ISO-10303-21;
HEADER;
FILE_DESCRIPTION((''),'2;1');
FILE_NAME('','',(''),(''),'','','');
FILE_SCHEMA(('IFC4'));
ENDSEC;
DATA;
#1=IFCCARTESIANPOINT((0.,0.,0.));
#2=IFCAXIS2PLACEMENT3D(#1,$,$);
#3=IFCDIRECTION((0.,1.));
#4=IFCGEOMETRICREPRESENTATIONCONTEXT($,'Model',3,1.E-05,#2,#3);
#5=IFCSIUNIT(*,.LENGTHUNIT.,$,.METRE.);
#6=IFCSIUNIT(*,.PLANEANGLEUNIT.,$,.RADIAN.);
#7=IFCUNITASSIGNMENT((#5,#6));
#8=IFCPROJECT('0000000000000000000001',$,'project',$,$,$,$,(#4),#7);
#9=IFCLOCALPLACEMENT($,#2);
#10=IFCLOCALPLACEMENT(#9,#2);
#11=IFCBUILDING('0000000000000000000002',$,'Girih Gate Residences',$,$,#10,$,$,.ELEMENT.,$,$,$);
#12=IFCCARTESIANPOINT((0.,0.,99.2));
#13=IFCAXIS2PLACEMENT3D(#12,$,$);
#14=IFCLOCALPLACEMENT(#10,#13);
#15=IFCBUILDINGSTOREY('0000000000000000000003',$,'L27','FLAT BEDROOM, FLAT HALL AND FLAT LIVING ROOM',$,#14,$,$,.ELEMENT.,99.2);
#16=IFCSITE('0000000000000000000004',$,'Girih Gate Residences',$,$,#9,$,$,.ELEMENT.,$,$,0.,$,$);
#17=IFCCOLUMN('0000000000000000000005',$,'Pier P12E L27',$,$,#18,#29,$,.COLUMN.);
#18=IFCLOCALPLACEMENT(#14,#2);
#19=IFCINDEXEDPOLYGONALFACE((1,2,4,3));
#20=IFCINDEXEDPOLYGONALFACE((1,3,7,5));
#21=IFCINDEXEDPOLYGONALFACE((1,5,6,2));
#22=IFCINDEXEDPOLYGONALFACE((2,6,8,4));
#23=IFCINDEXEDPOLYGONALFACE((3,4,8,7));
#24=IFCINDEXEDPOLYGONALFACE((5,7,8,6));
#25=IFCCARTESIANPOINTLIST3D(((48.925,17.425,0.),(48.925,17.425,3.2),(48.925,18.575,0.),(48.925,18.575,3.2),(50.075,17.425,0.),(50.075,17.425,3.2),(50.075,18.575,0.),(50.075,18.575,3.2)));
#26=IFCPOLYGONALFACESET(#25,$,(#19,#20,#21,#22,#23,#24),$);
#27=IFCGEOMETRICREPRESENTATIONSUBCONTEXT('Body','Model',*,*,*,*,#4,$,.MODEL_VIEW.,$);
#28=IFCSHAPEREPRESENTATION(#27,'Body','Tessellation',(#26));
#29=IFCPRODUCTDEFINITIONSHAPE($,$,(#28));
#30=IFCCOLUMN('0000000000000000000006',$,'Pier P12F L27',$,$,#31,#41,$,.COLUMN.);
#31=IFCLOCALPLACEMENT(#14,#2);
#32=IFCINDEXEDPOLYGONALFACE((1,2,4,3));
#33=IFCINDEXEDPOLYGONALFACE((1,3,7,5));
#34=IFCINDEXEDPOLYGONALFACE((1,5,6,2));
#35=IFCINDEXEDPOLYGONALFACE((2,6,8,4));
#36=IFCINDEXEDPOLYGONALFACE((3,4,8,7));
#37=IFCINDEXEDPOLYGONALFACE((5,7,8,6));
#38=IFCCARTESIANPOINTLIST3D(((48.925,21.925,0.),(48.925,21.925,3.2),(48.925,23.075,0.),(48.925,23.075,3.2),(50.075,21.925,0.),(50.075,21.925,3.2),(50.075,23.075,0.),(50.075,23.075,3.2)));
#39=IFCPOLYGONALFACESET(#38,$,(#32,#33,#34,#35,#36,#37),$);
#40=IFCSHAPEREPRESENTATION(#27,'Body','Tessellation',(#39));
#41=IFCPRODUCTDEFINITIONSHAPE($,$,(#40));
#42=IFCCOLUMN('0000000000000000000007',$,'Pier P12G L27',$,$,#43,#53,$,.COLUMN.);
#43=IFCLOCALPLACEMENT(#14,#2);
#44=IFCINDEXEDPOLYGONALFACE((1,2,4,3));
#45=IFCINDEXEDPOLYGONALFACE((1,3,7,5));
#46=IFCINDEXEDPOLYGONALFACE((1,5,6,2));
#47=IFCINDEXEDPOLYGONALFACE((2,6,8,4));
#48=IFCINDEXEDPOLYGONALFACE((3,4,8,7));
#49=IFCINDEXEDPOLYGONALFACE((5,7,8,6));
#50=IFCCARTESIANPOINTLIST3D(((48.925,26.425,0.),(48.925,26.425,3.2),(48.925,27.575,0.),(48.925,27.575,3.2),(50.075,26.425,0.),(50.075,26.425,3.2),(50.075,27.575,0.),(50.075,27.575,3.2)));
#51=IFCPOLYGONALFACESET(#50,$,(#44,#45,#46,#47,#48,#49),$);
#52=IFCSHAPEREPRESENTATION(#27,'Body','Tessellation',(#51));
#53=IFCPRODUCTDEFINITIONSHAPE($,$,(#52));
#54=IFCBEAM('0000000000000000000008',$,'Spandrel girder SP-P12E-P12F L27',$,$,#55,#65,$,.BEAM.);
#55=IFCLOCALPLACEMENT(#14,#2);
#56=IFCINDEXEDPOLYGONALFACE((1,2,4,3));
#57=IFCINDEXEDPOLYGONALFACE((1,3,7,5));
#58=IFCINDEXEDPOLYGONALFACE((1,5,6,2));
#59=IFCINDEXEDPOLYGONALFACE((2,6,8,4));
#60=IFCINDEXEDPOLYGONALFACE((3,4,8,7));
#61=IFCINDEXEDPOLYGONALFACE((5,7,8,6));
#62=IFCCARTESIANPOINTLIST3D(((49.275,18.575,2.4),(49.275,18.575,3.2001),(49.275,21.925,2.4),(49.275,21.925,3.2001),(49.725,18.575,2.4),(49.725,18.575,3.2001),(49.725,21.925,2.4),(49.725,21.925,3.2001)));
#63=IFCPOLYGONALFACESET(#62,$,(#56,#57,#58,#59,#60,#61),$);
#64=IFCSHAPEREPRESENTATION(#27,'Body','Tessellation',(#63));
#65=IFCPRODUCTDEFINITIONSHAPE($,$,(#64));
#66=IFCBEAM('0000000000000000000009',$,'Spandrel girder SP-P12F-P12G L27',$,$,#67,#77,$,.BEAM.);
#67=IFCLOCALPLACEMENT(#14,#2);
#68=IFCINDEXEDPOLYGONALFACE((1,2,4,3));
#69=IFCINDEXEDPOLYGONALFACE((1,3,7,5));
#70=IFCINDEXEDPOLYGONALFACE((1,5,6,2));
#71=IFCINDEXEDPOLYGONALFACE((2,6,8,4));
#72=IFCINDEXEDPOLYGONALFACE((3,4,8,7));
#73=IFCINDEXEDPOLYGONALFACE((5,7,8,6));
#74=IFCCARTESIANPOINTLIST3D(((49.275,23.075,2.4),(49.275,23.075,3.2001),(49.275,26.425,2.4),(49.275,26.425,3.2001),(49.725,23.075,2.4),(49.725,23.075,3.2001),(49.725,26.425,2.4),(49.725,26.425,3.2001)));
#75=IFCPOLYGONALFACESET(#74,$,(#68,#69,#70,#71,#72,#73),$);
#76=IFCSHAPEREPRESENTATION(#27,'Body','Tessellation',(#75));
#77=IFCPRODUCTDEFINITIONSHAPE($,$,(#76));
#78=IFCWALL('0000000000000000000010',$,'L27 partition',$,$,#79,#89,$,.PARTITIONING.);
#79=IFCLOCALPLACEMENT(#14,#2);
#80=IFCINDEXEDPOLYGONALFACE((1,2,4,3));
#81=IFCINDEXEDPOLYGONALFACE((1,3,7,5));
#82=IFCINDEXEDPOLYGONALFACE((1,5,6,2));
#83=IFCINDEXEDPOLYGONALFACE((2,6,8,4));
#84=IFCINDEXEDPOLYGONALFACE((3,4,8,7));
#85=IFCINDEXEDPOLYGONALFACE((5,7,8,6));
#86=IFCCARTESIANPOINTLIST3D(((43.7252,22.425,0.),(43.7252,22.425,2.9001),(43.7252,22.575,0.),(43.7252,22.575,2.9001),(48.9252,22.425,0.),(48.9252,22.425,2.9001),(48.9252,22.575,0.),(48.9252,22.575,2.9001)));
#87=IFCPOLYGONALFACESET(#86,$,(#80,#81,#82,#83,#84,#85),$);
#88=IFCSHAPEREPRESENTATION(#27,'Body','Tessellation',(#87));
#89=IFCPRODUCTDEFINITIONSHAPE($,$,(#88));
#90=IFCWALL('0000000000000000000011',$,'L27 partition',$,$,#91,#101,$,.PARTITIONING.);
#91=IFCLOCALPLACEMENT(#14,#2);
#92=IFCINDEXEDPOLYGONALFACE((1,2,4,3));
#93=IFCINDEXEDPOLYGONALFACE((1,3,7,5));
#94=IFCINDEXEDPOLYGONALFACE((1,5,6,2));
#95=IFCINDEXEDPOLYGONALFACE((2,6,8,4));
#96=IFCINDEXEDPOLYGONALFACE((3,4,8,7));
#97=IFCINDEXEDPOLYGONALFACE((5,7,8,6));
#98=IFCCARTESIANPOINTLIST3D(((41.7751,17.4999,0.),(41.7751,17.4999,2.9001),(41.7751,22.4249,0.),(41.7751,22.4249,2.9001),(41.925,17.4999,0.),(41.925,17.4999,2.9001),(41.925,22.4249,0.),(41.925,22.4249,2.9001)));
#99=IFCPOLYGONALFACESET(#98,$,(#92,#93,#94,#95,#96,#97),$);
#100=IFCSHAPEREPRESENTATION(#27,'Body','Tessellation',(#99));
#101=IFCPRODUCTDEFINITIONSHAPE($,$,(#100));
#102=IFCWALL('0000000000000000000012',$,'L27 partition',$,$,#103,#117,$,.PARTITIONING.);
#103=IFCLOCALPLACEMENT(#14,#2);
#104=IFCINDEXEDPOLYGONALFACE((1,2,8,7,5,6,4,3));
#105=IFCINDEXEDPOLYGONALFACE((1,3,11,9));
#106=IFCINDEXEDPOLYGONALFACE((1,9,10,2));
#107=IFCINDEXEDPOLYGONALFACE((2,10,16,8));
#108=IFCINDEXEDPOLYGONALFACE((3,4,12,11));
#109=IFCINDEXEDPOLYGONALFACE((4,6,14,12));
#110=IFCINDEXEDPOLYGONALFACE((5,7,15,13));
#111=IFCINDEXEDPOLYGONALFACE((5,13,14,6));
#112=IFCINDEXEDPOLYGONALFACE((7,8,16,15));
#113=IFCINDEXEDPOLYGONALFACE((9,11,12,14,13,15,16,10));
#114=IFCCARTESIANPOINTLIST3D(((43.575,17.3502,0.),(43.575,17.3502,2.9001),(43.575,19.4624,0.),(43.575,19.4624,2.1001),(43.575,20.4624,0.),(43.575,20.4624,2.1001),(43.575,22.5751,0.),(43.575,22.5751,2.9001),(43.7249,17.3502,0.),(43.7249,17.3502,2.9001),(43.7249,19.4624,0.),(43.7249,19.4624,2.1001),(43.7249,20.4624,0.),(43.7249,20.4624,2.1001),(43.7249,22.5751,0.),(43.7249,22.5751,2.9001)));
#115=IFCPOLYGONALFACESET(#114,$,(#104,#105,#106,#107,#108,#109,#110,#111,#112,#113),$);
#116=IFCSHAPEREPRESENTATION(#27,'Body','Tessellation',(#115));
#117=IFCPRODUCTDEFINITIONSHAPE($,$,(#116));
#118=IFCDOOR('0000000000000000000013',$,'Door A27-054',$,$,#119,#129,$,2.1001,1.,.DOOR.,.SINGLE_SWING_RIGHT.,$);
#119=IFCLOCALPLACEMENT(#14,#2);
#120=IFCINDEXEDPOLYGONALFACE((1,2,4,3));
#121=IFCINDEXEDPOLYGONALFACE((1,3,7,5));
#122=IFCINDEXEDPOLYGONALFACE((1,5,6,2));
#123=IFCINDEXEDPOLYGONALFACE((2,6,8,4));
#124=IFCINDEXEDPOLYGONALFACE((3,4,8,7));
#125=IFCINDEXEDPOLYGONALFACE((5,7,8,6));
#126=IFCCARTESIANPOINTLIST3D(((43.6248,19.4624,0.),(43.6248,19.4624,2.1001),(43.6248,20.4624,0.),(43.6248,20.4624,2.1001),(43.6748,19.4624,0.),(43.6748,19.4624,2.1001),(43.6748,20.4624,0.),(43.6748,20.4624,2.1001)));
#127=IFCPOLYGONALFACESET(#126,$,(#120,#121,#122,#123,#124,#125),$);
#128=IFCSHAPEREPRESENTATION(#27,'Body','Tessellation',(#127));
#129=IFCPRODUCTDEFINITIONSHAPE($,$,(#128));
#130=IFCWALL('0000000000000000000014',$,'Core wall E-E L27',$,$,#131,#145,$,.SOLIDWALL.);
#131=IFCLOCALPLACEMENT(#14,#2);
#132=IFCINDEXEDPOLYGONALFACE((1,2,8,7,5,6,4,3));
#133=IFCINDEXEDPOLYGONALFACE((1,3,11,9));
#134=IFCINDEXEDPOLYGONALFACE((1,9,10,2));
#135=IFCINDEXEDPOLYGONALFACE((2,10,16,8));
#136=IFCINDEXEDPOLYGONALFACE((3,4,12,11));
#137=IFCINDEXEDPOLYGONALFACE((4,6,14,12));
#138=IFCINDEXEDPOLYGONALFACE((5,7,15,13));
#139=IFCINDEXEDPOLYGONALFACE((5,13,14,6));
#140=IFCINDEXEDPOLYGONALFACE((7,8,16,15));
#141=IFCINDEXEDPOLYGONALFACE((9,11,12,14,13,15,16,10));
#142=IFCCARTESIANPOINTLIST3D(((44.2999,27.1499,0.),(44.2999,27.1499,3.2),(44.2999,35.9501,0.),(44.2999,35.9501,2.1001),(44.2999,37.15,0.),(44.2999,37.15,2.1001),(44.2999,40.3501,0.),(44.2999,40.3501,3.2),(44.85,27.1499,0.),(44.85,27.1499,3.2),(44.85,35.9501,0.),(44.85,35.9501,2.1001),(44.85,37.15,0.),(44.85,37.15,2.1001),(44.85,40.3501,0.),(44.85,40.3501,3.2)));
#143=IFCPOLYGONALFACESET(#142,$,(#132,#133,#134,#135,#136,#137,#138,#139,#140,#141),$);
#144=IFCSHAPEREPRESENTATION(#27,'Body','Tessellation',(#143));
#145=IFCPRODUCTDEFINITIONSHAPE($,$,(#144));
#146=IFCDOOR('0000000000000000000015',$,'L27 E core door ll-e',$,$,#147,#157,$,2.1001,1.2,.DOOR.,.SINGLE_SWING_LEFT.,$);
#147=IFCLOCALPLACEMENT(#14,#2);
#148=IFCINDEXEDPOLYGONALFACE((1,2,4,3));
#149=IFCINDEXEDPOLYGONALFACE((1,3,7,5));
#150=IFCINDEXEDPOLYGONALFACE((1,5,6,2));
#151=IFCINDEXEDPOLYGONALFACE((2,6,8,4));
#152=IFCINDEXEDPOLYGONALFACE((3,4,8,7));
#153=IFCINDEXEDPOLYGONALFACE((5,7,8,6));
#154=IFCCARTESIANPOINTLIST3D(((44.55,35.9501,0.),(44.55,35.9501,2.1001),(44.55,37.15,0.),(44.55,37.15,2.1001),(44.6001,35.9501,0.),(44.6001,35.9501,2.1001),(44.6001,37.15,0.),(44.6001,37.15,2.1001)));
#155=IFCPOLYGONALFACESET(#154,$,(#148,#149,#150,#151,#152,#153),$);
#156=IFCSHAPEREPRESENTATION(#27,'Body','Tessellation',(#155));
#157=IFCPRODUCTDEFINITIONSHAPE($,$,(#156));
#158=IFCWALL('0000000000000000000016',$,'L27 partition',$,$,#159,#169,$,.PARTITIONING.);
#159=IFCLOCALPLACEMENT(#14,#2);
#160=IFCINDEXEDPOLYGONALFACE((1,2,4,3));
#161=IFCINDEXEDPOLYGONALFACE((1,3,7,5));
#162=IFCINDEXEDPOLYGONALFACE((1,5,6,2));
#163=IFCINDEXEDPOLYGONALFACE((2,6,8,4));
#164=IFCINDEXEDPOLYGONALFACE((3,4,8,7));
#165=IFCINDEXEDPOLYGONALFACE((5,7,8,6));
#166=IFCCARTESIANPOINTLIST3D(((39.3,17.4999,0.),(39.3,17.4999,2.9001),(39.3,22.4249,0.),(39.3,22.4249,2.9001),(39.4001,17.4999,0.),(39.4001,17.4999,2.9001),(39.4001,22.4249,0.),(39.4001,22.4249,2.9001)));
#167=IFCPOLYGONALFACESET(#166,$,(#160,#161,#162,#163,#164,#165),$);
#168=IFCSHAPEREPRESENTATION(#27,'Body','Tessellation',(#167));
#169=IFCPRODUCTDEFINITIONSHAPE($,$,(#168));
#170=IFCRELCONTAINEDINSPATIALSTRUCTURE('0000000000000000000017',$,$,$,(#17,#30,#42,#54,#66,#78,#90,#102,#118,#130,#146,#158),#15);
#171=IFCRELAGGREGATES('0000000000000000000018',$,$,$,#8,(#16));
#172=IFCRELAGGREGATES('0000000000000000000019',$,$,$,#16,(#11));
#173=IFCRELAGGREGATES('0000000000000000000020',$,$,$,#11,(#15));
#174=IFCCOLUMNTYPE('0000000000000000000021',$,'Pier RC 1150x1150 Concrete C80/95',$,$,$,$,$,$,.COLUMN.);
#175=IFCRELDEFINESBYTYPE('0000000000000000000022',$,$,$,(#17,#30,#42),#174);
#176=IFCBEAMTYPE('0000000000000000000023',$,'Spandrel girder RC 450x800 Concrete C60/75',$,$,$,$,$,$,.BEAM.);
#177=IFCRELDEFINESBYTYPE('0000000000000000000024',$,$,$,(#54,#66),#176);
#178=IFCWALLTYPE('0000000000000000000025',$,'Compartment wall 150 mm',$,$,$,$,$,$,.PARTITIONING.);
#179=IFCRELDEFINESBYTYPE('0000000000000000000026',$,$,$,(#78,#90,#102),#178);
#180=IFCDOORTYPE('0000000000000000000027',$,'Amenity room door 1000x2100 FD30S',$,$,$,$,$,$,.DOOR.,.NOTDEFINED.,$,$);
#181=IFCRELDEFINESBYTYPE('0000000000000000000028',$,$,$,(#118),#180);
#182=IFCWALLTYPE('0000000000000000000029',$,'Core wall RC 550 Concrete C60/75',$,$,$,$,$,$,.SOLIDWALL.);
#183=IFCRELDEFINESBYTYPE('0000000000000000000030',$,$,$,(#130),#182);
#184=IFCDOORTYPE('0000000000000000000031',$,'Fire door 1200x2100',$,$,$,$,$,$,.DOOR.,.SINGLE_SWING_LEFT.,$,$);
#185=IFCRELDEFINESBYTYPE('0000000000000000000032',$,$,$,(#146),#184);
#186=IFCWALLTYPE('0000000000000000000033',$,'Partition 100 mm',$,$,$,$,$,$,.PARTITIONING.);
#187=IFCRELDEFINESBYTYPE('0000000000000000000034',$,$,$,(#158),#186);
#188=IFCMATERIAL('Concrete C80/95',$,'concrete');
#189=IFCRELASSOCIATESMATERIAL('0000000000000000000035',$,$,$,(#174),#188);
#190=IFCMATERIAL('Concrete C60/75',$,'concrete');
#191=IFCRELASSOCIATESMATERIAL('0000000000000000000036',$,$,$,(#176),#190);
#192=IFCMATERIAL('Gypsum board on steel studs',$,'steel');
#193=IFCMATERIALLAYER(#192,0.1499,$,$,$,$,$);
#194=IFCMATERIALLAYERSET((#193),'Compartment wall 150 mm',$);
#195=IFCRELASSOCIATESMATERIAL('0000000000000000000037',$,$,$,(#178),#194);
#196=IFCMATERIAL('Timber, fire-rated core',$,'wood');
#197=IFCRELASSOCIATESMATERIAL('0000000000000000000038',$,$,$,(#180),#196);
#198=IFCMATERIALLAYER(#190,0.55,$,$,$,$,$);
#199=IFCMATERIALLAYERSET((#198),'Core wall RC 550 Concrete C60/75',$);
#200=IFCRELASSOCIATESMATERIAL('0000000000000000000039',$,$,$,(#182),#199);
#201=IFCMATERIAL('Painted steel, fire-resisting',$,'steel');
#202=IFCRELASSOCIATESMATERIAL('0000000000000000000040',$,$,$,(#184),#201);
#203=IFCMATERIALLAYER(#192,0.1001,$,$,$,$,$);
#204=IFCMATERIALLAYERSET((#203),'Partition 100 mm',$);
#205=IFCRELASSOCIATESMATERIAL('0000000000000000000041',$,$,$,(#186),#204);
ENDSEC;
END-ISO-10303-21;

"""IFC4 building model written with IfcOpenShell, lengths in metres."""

from ifc_helpers import new_model, si_unit, direction, frame, frame_2d, origin, origin_2d, place, context, subcontext, project, spatial, rectangle, extrude, material, layer, layer_set, material_profile, profile_set, type_object, element, fill, save


model = new_model("IFC4")

# Units and contexts
model_context = context("Model", 3, precision=1e-05, world=origin(), true_north=direction((0.0, 1.0)))
body_context = subcontext(model_context, "Body", "Model", "MODEL_VIEW")
ifc_project = project(units=[si_unit("LENGTHUNIT", "METRE"), si_unit("PLANEANGLEUNIT", "RADIAN")], contexts=[model_context])

# Site, building, storey
site_placement = place(None, origin())
site = spatial("IfcSite", under=ifc_project, at=site_placement, Name="Girih Gate Residences", CompositionType="ELEMENT", RefElevation=0.0)
building_placement = place(site_placement, origin())
building = spatial("IfcBuilding", under=site, at=building_placement, Name="Girih Gate Residences", CompositionType="ELEMENT")
storey_placement = place(building_placement, frame((0.0, 0.0, 99.2)))
storey = spatial("IfcBuildingStorey", under=building, at=storey_placement, Name="L27", Description="FLAT BEDROOM, FLAT HALL AND FLAT LIVING ROOM", CompositionType="ELEMENT", Elevation=99.2)

# Columns
ifc_material_1 = material(Name="Concrete C80/95", Category="concrete")
ifc_material_profile_1 = material_profile(ifc_material_1, rectangle(XDim=1.1499, YDim=1.1499, at=origin_2d()))
ifc_profile_set_1 = profile_set([ifc_material_profile_1], Name="Concrete C80/95")
column_type = type_object("IfcColumnType", Name="Pier RC 1150x1150 Concrete C80/95", PredefinedType="COLUMN", material=ifc_profile_set_1)
for number, where, z_axis, x_axis, name in (
    (1, (49.5, 18.0, 0.0), (0.0, 0.0, 1.0), (1.0, 0.0, 0.0), "Pier P12E L27"),
    (2, (49.5, 22.5, 0.0), (0.0, 0.0, 1.0), (1.0, 0.0, 0.0), "Pier P12F L27"),
    (3, (49.5, 27.0, 0.0), (0.0, 0.0, 1.0), (1.0, 0.0, 0.0), "Pier P12G L27"),
):
    element("IfcColumn", number, at=place(storey_placement, frame(where, z_axis=z_axis, x_axis=x_axis)), inside=storey, type_object=column_type, Name=name, PredefinedType="COLUMN", context=body_context, shape_type="SweptSolid", body=[
        extrude(rectangle(XDim=1.1499, YDim=1.1499, at=origin_2d()), origin(), (0.0, 0.0, 1.0), 3.2),
    ])

# Beams
ifc_material_2 = material(Name="Concrete C60/75", Category="concrete")
ifc_material_profile_2 = material_profile(ifc_material_2, rectangle(XDim=0.45, YDim=0.8, at=origin_2d()))
ifc_profile_set_2 = profile_set([ifc_material_profile_2], Name="Concrete C60/75")
beam_type = type_object("IfcBeamType", Name="Spandrel girder RC 450x800 Concrete C60/75", PredefinedType="BEAM", material=ifc_profile_set_2)
for number, where, z_axis, x_axis, name in (
    (4, (49.5, 18.575, 2.8), (0.0, 1.0, 0.0), (-1.0, 0.0, 0.0), "Spandrel girder SP-P12E-P12F L27"),
    (5, (49.5, 23.075, 2.8), (0.0, 1.0, 0.0), (-1.0, 0.0, 0.0), "Spandrel girder SP-P12F-P12G L27"),
):
    element("IfcBeam", number, at=place(storey_placement, frame(where, z_axis=z_axis, x_axis=x_axis)), inside=storey, type_object=beam_type, Name=name, PredefinedType="BEAM", context=body_context, shape_type="SweptSolid", body=[
        extrude(rectangle(XDim=0.45, YDim=0.8, at=origin_2d()), origin(), (0.0, 0.0, 1.0), 3.3501),
    ])

# Walls
ifc_material_3 = material(Name="Gypsum board on steel studs", Category="steel")
ifc_layer_1 = layer(ifc_material_3, 0.1499)
ifc_layer_set_1 = layer_set([ifc_layer_1], Name="Compartment wall 150 mm")
wall_type_1 = type_object("IfcWallType", Name="Compartment wall 150 mm", PredefinedType="PARTITIONING", material=ifc_layer_set_1)
wall_1_placement = place(storey_placement, frame((43.7251, 22.5, 0.0), z_axis=(0.0, 0.0, 1.0), x_axis=(1.0, 0.0, 0.0)))
element("IfcWall", 6, at=wall_1_placement, inside=storey, type_object=wall_type_1, Name="L27 partition", PredefinedType="PARTITIONING", context=body_context, shape_type="SweptSolid", body=[
    extrude(rectangle(XDim=5.2, YDim=0.1499, at=frame_2d((2.6001, 0.0))), origin(), (0.0, 0.0, 1.0), 2.9001),
])
wall_2_placement = place(storey_placement, frame((41.8501, 17.5, 0.0), z_axis=(0.0, 0.0, 1.0), x_axis=(0.0, 1.0, 0.0)))
element("IfcWall", 7, at=wall_2_placement, inside=storey, type_object=wall_type_1, Name="L27 partition", PredefinedType="PARTITIONING", context=body_context, shape_type="SweptSolid", body=[
    extrude(rectangle(XDim=4.925, YDim=0.1499, at=frame_2d((2.4624, 0.0))), origin(), (0.0, 0.0, 1.0), 2.9001),
])

# Walls, openings, doors
wall_3_placement = place(storey_placement, frame((43.6499, 22.575, 0.0), z_axis=(0.0, 0.0, 1.0), x_axis=(0.0, -1.0, 0.0)))
wall_3 = element("IfcWall", 8, at=wall_3_placement, inside=storey, type_object=wall_type_1, Name="L27 partition", PredefinedType="PARTITIONING", context=body_context, shape_type="SweptSolid", body=[
    extrude(rectangle(XDim=5.2249, YDim=0.1499, at=frame_2d((2.6123, 0.0))), origin(), (0.0, 0.0, 1.0), 2.9001),
])
opening_1_placement = place(wall_3_placement, frame((2.1125, 0.0, 0.0)))
opening_1 = element("IfcOpeningElement", 9, at=opening_1_placement, cuts=wall_3, PredefinedType="OPENING", context=body_context, shape_type="SweptSolid", body=[
    extrude(rectangle(XDim=1.0, YDim=2.1001, at=frame_2d((0.5, 1.05))), frame((0.0, 0.085, 0.0), z_axis=(0.0, -1.0, 0.0), x_axis=(1.0, 0.0, 0.0)), (0.0, 0.0, 1.0), 0.1699),
])
ifc_material_4 = material(Name="Timber, fire-rated core", Category="wood")
door_type_1 = type_object("IfcDoorType", Name="Amenity room door 1000x2100 FD30S", OperationType="NOTDEFINED", PredefinedType="DOOR", material=ifc_material_4)
door_1_placement = place(opening_1_placement, origin())
door_1 = element("IfcDoor", 10, at=door_1_placement, inside=storey, type_object=door_type_1, Name="Door A27-054", OperationType="SINGLE_SWING_RIGHT", OverallHeight=2.1001, OverallWidth=1.0, PredefinedType="DOOR", context=body_context, shape_type="SweptSolid", body=[
    extrude(rectangle(XDim=1.0, YDim=2.1001, at=frame_2d((0.5, 1.05))), frame((0.0, 0.0249, 0.0), z_axis=(0.0, -1.0, 0.0), x_axis=(1.0, 0.0, 0.0)), (0.0, 0.0, 1.0), 0.05),
])
fill(opening_1, door_1)
ifc_layer_2 = layer(ifc_material_2, 0.55)
ifc_layer_set_2 = layer_set([ifc_layer_2], Name="Core wall RC 550 Concrete C60/75")
wall_type_2 = type_object("IfcWallType", Name="Core wall RC 550 Concrete C60/75", PredefinedType="SOLIDWALL", material=ifc_layer_set_2)
wall_4_placement = place(storey_placement, frame((44.575, 27.1499, 0.0), z_axis=(0.0, 0.0, 1.0), x_axis=(0.0, 1.0, 0.0)))
wall_4 = element("IfcWall", 11, at=wall_4_placement, inside=storey, type_object=wall_type_2, Name="Core wall E-E L27", PredefinedType="SOLIDWALL", context=body_context, shape_type="SweptSolid", body=[
    extrude(rectangle(XDim=13.2002, YDim=0.55, at=frame_2d((6.6001, 0.0))), origin(), (0.0, 0.0, 1.0), 3.2),
])
opening_2_placement = place(wall_4_placement, frame((8.8, 0.0, 0.0)))
opening_2 = element("IfcOpeningElement", 12, at=opening_2_placement, cuts=wall_4, PredefinedType="OPENING", context=body_context, shape_type="SweptSolid", body=[
    extrude(rectangle(XDim=1.2, YDim=2.1001, at=frame_2d((0.6001, 1.05))), frame((0.0, 0.2849, 0.0), z_axis=(0.0, -1.0, 0.0), x_axis=(1.0, 0.0, 0.0)), (0.0, 0.0, 1.0), 0.5701),
])
ifc_material_5 = material(Name="Painted steel, fire-resisting", Category="steel")
door_type_2 = type_object("IfcDoorType", Name="Fire door 1200x2100", OperationType="SINGLE_SWING_LEFT", PredefinedType="DOOR", material=ifc_material_5)
door_2_placement = place(opening_2_placement, origin())
door_2 = element("IfcDoor", 13, at=door_2_placement, inside=storey, type_object=door_type_2, Name="L27 E core door ll-e", OperationType="SINGLE_SWING_LEFT", OverallHeight=2.1001, OverallWidth=1.2, PredefinedType="DOOR", context=body_context, shape_type="SweptSolid", body=[
    extrude(rectangle(XDim=1.2, YDim=2.1001, at=frame_2d((0.6001, 1.05))), frame((0.0, 0.0249, 0.0), z_axis=(0.0, -1.0, 0.0), x_axis=(1.0, 0.0, 0.0)), (0.0, 0.0, 1.0), 0.05),
])
fill(opening_2, door_2)

# Wall
ifc_layer_3 = layer(ifc_material_3, 0.1001)
ifc_layer_set_3 = layer_set([ifc_layer_3], Name="Partition 100 mm")
wall_type_3 = type_object("IfcWallType", Name="Partition 100 mm", PredefinedType="PARTITIONING", material=ifc_layer_set_3)
wall_5_placement = place(storey_placement, frame((39.3501, 17.5, 0.0), z_axis=(0.0, 0.0, 1.0), x_axis=(0.0, 1.0, 0.0)))
element("IfcWall", 14, at=wall_5_placement, inside=storey, type_object=wall_type_3, Name="L27 partition", PredefinedType="PARTITIONING", context=body_context, shape_type="SweptSolid", body=[
    extrude(rectangle(XDim=4.925, YDim=0.1001, at=frame_2d((2.4624, 0.0))), origin(), (0.0, 0.0, 1.0), 2.9001),
])

save(model, "model.ifc")
